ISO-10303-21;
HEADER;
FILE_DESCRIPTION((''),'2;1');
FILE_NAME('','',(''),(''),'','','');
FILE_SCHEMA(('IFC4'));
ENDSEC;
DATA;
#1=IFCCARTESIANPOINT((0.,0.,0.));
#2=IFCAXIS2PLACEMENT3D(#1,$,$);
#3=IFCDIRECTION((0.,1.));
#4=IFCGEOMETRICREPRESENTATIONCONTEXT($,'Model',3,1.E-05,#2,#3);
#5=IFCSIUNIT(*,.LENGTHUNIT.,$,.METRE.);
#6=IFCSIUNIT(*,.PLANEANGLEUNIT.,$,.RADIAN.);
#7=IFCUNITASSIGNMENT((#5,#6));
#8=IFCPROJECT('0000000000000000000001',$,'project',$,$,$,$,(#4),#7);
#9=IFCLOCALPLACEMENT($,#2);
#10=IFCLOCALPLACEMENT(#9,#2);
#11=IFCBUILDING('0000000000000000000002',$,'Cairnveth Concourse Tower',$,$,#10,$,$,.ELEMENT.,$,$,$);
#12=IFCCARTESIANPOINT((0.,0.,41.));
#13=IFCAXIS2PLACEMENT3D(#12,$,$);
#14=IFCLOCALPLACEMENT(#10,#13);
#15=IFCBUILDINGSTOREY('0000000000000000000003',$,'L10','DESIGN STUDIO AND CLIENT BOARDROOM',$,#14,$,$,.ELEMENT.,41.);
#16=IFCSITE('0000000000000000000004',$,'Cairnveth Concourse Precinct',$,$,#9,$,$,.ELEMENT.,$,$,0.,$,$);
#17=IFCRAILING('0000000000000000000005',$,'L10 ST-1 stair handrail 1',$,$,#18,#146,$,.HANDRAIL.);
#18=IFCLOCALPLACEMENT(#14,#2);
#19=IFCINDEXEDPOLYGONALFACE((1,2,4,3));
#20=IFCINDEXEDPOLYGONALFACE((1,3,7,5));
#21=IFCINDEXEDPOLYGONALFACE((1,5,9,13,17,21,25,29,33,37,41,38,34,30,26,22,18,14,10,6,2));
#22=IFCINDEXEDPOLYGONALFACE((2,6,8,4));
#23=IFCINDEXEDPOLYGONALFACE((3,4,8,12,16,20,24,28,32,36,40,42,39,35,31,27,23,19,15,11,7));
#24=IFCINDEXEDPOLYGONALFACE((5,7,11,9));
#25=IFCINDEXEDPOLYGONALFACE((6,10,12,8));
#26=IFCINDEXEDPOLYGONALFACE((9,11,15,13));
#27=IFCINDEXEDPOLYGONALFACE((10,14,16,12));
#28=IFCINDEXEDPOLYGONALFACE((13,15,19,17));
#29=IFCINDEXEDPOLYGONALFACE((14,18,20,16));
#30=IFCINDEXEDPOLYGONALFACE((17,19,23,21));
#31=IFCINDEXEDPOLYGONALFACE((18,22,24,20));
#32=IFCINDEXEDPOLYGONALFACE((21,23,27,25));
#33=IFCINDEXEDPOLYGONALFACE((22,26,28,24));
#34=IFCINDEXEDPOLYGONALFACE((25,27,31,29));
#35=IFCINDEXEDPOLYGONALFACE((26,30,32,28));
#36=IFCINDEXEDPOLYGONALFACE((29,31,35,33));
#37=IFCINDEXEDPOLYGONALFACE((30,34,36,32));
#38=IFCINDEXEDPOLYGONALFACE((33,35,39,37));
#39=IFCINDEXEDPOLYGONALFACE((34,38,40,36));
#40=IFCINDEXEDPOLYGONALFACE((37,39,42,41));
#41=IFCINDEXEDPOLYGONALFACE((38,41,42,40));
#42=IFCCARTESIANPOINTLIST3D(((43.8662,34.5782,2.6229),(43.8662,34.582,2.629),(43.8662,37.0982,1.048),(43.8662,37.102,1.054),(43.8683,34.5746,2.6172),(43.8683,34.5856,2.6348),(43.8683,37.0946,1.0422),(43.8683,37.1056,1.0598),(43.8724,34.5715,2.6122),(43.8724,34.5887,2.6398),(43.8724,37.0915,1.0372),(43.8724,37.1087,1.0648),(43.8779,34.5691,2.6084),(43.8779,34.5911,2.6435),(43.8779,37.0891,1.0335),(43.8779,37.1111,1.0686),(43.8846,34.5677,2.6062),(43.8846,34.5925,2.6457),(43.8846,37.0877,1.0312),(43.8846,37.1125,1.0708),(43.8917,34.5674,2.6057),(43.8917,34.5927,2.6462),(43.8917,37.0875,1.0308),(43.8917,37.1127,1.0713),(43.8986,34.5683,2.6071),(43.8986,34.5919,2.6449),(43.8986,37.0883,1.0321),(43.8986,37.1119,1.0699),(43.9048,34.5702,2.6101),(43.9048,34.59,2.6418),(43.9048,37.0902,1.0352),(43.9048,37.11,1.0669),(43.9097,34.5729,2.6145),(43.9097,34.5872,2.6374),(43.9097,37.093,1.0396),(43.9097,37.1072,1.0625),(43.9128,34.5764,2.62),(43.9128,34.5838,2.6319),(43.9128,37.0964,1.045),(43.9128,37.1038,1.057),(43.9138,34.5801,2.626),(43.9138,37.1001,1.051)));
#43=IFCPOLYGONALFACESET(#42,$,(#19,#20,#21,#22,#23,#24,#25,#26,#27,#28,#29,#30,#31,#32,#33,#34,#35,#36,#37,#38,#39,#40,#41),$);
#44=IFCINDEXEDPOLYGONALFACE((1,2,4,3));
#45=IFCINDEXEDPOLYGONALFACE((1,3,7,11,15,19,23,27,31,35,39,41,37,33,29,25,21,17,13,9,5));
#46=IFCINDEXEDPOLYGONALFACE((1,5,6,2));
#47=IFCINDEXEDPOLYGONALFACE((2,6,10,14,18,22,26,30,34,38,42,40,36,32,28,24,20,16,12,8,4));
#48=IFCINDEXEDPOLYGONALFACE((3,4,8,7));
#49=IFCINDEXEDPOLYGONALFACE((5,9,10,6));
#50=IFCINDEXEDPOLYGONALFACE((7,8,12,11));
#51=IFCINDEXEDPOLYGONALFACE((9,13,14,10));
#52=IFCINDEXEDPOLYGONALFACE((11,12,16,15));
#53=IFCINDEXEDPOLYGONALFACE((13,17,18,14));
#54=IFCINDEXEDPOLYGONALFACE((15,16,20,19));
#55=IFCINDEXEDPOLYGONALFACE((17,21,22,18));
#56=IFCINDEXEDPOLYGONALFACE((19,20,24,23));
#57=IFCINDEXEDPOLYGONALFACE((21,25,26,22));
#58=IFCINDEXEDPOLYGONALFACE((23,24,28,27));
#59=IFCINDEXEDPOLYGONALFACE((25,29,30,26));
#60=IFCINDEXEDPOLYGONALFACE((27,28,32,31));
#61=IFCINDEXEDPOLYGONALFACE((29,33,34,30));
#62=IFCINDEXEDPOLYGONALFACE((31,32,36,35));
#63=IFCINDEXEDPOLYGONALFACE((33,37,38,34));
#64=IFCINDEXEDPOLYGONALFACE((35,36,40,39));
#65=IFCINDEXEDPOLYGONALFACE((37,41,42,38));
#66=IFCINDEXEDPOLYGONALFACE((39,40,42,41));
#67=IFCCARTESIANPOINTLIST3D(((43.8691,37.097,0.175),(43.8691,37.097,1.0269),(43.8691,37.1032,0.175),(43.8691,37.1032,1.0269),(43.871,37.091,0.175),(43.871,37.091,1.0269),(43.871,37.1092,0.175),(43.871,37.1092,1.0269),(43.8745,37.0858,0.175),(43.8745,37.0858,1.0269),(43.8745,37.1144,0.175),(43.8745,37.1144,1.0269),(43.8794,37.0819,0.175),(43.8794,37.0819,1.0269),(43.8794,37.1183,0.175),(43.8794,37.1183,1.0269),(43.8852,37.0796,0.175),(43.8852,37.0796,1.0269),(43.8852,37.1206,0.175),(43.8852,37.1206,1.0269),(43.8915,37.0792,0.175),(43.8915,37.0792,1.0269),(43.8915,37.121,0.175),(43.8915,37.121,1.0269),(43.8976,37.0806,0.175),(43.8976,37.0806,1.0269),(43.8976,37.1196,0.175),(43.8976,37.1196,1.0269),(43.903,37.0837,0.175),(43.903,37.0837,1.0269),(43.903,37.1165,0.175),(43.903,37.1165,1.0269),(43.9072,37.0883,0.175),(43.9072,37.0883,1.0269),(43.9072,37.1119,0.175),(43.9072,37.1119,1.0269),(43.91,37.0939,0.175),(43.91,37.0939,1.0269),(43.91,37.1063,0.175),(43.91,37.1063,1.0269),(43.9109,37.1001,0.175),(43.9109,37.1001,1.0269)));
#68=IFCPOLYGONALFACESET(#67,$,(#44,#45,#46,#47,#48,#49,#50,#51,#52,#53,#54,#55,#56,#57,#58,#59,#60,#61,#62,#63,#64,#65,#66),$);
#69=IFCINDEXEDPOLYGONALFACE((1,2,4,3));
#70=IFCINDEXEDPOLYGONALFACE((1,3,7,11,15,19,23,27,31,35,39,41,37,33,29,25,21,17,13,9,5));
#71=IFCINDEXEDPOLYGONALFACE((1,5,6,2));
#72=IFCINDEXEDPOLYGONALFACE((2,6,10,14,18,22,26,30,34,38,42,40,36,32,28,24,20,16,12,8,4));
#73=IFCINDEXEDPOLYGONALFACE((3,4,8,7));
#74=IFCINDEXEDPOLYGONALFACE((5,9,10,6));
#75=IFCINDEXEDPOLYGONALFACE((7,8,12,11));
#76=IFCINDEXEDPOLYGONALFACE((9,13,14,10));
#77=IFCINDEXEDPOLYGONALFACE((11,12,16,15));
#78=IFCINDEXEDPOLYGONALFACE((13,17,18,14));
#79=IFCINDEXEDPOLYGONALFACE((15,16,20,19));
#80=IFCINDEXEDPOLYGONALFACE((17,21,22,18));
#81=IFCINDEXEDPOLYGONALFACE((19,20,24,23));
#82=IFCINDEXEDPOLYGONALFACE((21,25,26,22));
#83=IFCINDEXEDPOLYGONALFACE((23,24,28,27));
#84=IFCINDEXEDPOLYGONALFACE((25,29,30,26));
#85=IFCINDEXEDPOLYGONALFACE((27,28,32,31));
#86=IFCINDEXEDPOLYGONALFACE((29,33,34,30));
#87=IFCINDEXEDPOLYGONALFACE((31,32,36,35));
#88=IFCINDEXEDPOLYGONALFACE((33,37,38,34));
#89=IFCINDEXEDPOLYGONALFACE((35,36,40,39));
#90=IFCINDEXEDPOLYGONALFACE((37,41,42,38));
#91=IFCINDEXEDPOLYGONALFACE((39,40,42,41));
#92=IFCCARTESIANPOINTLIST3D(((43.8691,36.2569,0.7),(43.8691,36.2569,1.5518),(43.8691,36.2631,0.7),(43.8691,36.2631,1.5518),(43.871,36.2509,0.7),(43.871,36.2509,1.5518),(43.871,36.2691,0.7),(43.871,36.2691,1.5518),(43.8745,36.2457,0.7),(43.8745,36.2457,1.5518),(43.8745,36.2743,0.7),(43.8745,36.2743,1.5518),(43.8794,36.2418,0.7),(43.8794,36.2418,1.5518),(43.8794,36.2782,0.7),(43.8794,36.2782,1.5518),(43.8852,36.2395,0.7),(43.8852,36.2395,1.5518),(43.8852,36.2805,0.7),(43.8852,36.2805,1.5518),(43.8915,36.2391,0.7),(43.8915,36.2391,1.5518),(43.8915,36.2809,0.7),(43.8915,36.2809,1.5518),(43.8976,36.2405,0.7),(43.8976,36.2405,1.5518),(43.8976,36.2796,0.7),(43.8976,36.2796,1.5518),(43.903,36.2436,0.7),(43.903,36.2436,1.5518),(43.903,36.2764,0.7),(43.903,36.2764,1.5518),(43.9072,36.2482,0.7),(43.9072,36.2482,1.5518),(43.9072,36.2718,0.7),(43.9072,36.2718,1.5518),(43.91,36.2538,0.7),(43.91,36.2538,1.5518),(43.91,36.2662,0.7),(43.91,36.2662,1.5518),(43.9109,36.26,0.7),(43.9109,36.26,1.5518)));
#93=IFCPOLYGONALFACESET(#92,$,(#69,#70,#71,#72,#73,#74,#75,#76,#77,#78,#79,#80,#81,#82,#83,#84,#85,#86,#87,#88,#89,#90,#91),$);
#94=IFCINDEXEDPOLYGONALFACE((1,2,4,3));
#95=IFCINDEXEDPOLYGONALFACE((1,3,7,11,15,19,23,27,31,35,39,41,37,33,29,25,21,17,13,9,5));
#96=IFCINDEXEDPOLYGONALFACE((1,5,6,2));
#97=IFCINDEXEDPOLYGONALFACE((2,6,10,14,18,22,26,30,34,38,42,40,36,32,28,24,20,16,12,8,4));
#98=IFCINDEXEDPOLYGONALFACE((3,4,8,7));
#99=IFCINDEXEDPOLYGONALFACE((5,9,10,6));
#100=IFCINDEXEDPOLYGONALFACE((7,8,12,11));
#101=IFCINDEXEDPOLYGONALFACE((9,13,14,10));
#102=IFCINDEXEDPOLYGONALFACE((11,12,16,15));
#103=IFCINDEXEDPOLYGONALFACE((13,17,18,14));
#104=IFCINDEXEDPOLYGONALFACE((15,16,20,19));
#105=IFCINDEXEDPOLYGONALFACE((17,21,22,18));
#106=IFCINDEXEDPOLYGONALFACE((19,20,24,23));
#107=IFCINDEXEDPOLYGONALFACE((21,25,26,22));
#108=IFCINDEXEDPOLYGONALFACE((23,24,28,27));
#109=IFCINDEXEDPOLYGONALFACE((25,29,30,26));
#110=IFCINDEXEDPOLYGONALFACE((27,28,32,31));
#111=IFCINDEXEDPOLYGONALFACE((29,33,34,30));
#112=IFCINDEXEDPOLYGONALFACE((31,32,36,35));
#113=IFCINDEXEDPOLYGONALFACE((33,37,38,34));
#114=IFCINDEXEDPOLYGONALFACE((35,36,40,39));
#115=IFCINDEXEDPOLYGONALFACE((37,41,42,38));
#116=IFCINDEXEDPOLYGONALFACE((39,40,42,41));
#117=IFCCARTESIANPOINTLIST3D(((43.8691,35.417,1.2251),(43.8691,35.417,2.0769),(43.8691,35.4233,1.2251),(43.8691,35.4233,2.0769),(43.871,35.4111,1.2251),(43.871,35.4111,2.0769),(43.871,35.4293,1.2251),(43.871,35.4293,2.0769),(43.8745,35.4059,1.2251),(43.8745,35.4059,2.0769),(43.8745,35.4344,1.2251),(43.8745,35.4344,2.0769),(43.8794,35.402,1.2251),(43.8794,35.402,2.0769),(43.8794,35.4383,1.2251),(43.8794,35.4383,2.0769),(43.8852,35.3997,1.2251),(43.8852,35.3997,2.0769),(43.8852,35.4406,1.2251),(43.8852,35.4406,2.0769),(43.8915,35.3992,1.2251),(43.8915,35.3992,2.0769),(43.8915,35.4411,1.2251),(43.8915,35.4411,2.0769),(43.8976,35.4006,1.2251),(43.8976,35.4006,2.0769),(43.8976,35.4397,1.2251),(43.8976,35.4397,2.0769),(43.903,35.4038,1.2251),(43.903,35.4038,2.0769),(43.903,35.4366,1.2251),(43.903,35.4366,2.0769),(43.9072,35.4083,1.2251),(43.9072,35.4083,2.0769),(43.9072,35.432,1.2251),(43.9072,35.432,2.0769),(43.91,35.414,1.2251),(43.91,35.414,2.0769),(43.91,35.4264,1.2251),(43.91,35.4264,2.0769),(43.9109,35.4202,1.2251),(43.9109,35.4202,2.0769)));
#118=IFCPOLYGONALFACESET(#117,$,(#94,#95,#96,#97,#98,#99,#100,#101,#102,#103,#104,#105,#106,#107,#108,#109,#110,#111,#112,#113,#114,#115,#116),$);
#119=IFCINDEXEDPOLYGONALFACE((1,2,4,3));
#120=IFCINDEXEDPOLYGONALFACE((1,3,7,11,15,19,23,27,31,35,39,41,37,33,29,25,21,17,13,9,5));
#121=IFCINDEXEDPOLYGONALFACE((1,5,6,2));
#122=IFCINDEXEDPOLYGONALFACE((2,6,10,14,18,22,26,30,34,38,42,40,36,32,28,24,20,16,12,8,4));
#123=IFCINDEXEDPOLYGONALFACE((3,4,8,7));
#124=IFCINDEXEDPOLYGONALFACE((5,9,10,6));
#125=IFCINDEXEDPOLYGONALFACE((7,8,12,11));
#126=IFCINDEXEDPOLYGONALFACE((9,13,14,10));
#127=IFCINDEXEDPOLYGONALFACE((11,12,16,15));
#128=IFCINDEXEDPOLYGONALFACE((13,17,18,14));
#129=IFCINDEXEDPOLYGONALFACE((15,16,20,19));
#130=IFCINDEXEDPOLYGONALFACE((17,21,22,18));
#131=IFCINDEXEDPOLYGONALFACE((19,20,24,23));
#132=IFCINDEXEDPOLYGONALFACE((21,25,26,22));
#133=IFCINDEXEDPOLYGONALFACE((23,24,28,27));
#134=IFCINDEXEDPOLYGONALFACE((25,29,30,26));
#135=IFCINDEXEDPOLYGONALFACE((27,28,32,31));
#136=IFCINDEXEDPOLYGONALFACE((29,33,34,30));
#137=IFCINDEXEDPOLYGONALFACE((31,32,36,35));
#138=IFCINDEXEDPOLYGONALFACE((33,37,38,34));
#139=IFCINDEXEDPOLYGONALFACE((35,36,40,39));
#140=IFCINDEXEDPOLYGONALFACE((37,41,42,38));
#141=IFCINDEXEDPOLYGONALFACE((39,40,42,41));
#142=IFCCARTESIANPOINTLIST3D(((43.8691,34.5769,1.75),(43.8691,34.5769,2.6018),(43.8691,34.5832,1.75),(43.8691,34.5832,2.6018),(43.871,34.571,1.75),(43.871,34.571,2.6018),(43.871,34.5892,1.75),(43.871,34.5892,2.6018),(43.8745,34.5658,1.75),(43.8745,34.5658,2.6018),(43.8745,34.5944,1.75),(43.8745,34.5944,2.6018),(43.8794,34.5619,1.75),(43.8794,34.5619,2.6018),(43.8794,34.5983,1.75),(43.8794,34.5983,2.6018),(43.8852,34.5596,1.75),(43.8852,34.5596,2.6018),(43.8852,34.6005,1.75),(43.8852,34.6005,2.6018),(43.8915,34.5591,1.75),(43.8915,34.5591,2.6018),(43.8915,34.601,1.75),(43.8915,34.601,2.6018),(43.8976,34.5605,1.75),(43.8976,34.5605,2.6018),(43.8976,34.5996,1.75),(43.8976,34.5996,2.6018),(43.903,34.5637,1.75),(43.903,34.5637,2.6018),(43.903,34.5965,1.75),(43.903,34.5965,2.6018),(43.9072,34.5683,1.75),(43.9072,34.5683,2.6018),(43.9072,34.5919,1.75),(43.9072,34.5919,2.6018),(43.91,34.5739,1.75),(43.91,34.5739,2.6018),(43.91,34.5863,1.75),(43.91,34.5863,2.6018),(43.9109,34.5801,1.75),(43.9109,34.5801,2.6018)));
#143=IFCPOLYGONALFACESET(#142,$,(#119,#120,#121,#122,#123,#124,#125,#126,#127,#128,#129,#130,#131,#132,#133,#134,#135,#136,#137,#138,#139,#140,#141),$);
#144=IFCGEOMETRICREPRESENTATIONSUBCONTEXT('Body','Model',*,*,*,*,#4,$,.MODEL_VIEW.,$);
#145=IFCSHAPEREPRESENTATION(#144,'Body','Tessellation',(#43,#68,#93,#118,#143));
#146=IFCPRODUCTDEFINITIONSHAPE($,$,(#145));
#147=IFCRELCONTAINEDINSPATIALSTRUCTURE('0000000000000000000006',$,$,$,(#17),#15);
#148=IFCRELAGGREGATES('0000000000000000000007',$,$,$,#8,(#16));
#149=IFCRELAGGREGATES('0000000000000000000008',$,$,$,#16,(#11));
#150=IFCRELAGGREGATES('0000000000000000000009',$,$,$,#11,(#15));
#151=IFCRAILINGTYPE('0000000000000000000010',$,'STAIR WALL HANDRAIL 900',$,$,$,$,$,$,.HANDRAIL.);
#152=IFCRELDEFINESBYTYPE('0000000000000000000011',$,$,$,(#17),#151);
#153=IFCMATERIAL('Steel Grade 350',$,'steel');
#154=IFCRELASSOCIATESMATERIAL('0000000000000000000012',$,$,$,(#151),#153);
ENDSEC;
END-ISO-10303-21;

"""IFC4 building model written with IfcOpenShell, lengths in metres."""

from ifc_helpers import new_model, si_unit, direction, frame, origin, origin_2d, place, context, subcontext, project, spatial, circle, extrude, material, type_object, element, save


model = new_model("IFC4")

# Units and contexts
model_context = context("Model", 3, precision=1e-05, world=origin(), true_north=direction((0.0, 1.0)))
body_context = subcontext(model_context, "Body", "Model", "MODEL_VIEW")
ifc_project = project(units=[si_unit("LENGTHUNIT", "METRE"), si_unit("PLANEANGLEUNIT", "RADIAN")], contexts=[model_context])

# Site, building, storey
site_placement = place(None, origin())
site = spatial("IfcSite", under=ifc_project, at=site_placement, Name="Cairnveth Concourse Precinct", CompositionType="ELEMENT", RefElevation=0.0)
building_placement = place(site_placement, origin())
building = spatial("IfcBuilding", under=site, at=building_placement, Name="Cairnveth Concourse Tower", CompositionType="ELEMENT")
storey_placement = place(building_placement, frame((0.0, 0.0, 41.0)))
storey = spatial("IfcBuildingStorey", under=building, at=storey_placement, Name="L10", Description="DESIGN STUDIO AND CLIENT BOARDROOM", CompositionType="ELEMENT", Elevation=41.0)

# Railing
ifc_material_1 = material(Name="Steel Grade 350", Category="steel")
railing_type_1 = type_object("IfcRailingType", Name="STAIR WALL HANDRAIL 900", PredefinedType="HANDRAIL", material=ifc_material_1)
railing_1_placement = place(storey_placement, frame((43.8899, 37.1001, 0.175)))
element("IfcRailing", 1, at=railing_1_placement, inside=storey, type_object=railing_type_1, Name="L10 ST-1 stair handrail 1", PredefinedType="HANDRAIL", context=body_context, shape_type="SweptSolid", body=[
    extrude(circle(Radius=0.0239, at=origin_2d()), frame((0.0, 0.0, 0.876), z_axis=(0.0, -0.848008, 0.529984), x_axis=(1.0, 0.0, 0.0)), (0.0, 0.0, 1.0), 2.9717),
    extrude(circle(Radius=0.021, at=origin_2d()), origin(), (0.0, 0.0, 1.0), 0.8518),
    extrude(circle(Radius=0.021, at=origin_2d()), frame((0.0, -0.8401, 0.5249)), (0.0, 0.0, 1.0), 0.8518),
    extrude(circle(Radius=0.021, at=origin_2d()), frame((0.0, -1.6799, 1.05)), (0.0, 0.0, 1.0), 0.8518),
    extrude(circle(Radius=0.021, at=origin_2d()), frame((0.0, -2.52, 1.575)), (0.0, 0.0, 1.0), 0.8518),
])

save(model, "model.ifc")
